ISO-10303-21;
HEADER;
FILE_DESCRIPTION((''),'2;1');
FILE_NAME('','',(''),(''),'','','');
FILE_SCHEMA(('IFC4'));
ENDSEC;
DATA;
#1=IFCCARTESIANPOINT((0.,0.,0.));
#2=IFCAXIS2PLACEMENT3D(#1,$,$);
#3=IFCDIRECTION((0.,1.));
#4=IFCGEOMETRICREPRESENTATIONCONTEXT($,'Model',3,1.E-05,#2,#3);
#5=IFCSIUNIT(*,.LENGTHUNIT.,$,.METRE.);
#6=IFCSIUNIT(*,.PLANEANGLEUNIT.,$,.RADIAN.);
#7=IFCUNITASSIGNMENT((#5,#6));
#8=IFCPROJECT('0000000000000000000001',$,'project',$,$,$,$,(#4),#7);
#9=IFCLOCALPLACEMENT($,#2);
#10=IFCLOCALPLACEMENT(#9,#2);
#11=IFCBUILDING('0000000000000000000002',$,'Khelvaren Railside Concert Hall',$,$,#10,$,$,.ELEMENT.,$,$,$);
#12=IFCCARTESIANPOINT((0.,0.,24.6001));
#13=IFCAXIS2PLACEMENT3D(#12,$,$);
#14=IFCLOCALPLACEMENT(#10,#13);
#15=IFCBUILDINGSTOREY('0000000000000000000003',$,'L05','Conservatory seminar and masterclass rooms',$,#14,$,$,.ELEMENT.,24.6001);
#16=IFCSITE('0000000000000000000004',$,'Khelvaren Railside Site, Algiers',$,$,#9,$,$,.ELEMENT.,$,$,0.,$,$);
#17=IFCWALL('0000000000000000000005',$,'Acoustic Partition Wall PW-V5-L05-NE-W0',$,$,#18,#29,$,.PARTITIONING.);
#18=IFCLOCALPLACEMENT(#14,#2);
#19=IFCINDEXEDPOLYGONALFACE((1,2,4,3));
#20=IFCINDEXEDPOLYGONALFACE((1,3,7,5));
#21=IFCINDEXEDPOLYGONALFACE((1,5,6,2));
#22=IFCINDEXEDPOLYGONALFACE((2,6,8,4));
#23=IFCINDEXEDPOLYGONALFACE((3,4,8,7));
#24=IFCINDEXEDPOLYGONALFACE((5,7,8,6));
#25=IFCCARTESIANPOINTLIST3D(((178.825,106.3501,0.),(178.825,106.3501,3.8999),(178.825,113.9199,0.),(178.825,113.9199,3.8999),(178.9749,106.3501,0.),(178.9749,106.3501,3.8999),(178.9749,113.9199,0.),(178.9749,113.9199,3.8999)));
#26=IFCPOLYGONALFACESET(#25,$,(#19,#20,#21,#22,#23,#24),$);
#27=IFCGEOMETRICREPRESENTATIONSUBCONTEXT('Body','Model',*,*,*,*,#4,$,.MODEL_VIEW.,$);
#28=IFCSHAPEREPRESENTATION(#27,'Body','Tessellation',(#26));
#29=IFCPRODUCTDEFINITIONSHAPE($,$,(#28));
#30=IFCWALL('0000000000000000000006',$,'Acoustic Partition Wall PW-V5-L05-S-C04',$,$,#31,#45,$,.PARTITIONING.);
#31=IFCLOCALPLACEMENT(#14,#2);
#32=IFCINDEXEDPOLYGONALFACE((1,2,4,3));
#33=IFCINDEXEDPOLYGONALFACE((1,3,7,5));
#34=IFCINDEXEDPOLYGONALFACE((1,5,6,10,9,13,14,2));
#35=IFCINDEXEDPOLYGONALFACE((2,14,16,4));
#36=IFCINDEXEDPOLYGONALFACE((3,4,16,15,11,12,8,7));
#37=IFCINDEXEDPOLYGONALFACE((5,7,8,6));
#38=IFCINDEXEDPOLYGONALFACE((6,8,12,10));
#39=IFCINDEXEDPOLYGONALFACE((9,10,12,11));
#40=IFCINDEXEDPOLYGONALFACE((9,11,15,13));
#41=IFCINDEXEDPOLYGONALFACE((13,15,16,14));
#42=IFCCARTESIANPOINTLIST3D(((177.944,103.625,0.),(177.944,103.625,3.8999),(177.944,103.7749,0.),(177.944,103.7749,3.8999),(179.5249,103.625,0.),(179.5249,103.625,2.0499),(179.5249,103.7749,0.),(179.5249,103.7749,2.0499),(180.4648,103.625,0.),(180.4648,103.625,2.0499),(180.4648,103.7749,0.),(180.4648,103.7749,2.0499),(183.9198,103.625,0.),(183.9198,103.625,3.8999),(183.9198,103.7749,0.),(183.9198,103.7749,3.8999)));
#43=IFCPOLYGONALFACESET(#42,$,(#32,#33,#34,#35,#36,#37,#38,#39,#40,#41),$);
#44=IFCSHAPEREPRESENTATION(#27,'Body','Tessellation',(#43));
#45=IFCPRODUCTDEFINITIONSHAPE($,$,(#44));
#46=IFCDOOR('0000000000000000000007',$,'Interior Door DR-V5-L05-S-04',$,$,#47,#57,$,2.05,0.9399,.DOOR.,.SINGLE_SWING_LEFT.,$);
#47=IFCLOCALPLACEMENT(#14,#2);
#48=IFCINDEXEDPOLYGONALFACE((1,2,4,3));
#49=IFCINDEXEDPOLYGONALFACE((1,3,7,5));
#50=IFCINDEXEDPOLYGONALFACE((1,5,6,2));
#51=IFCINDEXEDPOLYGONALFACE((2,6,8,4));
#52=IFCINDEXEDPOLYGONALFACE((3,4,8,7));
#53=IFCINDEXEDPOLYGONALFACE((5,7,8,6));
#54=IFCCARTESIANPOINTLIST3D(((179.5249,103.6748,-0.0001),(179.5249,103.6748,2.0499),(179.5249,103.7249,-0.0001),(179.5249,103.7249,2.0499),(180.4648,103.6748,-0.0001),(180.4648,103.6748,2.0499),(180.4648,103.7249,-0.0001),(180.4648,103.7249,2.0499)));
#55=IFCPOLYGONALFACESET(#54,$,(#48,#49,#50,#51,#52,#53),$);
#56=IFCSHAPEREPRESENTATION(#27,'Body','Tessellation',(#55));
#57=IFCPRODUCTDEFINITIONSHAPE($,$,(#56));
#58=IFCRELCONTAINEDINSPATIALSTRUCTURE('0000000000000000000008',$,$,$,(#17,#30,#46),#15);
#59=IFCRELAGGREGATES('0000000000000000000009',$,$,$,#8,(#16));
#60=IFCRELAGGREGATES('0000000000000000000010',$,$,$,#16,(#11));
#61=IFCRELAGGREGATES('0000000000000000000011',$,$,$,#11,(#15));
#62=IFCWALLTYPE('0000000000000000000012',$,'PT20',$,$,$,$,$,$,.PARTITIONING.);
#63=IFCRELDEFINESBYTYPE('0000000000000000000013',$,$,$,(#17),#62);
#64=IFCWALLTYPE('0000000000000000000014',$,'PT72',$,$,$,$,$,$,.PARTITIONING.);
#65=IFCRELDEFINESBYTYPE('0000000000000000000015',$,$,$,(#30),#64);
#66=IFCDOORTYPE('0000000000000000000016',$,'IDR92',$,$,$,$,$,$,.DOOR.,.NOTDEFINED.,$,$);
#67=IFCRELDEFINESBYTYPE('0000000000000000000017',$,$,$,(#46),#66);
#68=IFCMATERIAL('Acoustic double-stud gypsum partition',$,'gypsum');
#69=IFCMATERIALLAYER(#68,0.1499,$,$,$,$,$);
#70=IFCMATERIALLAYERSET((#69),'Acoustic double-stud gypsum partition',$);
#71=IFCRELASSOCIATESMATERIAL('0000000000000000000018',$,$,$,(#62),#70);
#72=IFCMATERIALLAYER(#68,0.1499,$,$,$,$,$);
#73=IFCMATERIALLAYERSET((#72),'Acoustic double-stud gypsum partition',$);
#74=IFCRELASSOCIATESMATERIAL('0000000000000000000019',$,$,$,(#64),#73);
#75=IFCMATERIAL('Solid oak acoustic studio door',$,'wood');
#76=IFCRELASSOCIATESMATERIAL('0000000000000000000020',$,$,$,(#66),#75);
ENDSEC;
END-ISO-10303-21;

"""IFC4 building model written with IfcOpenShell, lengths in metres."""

from ifc_helpers import new_model, si_unit, direction, frame, frame_2d, origin, place, context, subcontext, project, spatial, rectangle, extrude, material, layer, layer_set, type_object, element, fill, save


model = new_model("IFC4")

# Units and contexts
model_context = context("Model", 3, precision=1e-05, world=origin(), true_north=direction((0.0, 1.0)))
body_context = subcontext(model_context, "Body", "Model", "MODEL_VIEW")
ifc_project = project(units=[si_unit("LENGTHUNIT", "METRE"), si_unit("PLANEANGLEUNIT", "RADIAN")], contexts=[model_context])

# Site, building, storey
site_placement = place(None, origin())
site = spatial("IfcSite", under=ifc_project, at=site_placement, Name="Khelvaren Railside Site, Algiers", CompositionType="ELEMENT", RefElevation=0.0)
building_placement = place(site_placement, origin())
building = spatial("IfcBuilding", under=site, at=building_placement, Name="Khelvaren Railside Concert Hall", CompositionType="ELEMENT")
storey_placement = place(building_placement, frame((0.0, 0.0, 24.6001)))
storey = spatial("IfcBuildingStorey", under=building, at=storey_placement, Name="L05", Description="Conservatory seminar and masterclass rooms", CompositionType="ELEMENT", Elevation=24.6001)

# Shared definitions
ifc_material_1 = material(Name="Acoustic double-stud gypsum partition", Category="gypsum")
ifc_layer_1 = layer(ifc_material_1, 0.1499)
ifc_layer_set_1 = layer_set([ifc_layer_1], Name="Acoustic double-stud gypsum partition")
wall_type_1 = type_object("IfcWallType", Name="PT20", PredefinedType="PARTITIONING", material=ifc_layer_set_1)
ifc_material_2 = material(Name="Solid oak acoustic studio door", Category="wood")

# Wall
wall_1_placement = place(storey_placement, frame((178.8999, 106.3501, 0.0), z_axis=(0.0, 0.0, 1.0), x_axis=(0.0, 1.0, 0.0)))
element("IfcWall", 1, at=wall_1_placement, inside=storey, type_object=wall_type_1, Name="Acoustic Partition Wall PW-V5-L05-NE-W0", PredefinedType="PARTITIONING", context=body_context, shape_type="SweptSolid", body=[
    extrude(rectangle(XDim=7.5698, YDim=0.1499, at=frame_2d((3.7849, 0.0))), origin(), (0.0, 0.0, 1.0), 3.8999),
])

# Wall, opening, door
ifc_layer_2 = layer(ifc_material_1, 0.1499)
ifc_layer_set_2 = layer_set([ifc_layer_2], Name="Acoustic double-stud gypsum partition")
wall_type_2 = type_object("IfcWallType", Name="PT72", PredefinedType="PARTITIONING", material=ifc_layer_set_2)
wall_2_placement = place(storey_placement, frame((177.9441, 103.7, 0.0), z_axis=(0.0, 0.0, 1.0), x_axis=(1.0, 0.0, 0.0)))
wall_2 = element("IfcWall", 2, at=wall_2_placement, inside=storey, type_object=wall_type_2, Name="Acoustic Partition Wall PW-V5-L05-S-C04", PredefinedType="PARTITIONING", context=body_context, shape_type="SweptSolid", body=[
    extrude(rectangle(XDim=5.9758, YDim=0.1499, at=frame_2d((2.9878, 0.0))), origin(), (0.0, 0.0, 1.0), 3.8999),
])
opening_1_placement = place(wall_2_placement, frame((1.5808, 0.0, 0.0)))
opening_1 = element("IfcOpeningElement", 3, at=opening_1_placement, cuts=wall_2, PredefinedType="OPENING", context=body_context, shape_type="SweptSolid", body=[
    extrude(rectangle(XDim=0.9399, YDim=2.05, at=frame_2d((0.47, 1.0249))), frame((0.0, 0.085, 0.0), z_axis=(0.0, -1.0, 0.0), x_axis=(1.0, 0.0, 0.0)), (0.0, 0.0, 1.0), 0.1699),
])
door_type_1 = type_object("IfcDoorType", Name="IDR92", OperationType="NOTDEFINED", PredefinedType="DOOR", material=ifc_material_2)
door_1_placement = place(opening_1_placement, origin())
door_1 = element("IfcDoor", 4, at=door_1_placement, inside=storey, type_object=door_type_1, Name="Interior Door DR-V5-L05-S-04", OperationType="SINGLE_SWING_LEFT", OverallHeight=2.05, OverallWidth=0.9399, PredefinedType="DOOR", context=body_context, shape_type="SweptSolid", body=[
    extrude(rectangle(XDim=0.9399, YDim=2.05, at=frame_2d((0.47, 1.0249))), frame((0.0, 0.0249, 0.0), z_axis=(0.0, -1.0, 0.0), x_axis=(1.0, 0.0, 0.0)), (0.0, 0.0, 1.0), 0.05),
])
fill(opening_1, door_1)

save(model, "model.ifc")
